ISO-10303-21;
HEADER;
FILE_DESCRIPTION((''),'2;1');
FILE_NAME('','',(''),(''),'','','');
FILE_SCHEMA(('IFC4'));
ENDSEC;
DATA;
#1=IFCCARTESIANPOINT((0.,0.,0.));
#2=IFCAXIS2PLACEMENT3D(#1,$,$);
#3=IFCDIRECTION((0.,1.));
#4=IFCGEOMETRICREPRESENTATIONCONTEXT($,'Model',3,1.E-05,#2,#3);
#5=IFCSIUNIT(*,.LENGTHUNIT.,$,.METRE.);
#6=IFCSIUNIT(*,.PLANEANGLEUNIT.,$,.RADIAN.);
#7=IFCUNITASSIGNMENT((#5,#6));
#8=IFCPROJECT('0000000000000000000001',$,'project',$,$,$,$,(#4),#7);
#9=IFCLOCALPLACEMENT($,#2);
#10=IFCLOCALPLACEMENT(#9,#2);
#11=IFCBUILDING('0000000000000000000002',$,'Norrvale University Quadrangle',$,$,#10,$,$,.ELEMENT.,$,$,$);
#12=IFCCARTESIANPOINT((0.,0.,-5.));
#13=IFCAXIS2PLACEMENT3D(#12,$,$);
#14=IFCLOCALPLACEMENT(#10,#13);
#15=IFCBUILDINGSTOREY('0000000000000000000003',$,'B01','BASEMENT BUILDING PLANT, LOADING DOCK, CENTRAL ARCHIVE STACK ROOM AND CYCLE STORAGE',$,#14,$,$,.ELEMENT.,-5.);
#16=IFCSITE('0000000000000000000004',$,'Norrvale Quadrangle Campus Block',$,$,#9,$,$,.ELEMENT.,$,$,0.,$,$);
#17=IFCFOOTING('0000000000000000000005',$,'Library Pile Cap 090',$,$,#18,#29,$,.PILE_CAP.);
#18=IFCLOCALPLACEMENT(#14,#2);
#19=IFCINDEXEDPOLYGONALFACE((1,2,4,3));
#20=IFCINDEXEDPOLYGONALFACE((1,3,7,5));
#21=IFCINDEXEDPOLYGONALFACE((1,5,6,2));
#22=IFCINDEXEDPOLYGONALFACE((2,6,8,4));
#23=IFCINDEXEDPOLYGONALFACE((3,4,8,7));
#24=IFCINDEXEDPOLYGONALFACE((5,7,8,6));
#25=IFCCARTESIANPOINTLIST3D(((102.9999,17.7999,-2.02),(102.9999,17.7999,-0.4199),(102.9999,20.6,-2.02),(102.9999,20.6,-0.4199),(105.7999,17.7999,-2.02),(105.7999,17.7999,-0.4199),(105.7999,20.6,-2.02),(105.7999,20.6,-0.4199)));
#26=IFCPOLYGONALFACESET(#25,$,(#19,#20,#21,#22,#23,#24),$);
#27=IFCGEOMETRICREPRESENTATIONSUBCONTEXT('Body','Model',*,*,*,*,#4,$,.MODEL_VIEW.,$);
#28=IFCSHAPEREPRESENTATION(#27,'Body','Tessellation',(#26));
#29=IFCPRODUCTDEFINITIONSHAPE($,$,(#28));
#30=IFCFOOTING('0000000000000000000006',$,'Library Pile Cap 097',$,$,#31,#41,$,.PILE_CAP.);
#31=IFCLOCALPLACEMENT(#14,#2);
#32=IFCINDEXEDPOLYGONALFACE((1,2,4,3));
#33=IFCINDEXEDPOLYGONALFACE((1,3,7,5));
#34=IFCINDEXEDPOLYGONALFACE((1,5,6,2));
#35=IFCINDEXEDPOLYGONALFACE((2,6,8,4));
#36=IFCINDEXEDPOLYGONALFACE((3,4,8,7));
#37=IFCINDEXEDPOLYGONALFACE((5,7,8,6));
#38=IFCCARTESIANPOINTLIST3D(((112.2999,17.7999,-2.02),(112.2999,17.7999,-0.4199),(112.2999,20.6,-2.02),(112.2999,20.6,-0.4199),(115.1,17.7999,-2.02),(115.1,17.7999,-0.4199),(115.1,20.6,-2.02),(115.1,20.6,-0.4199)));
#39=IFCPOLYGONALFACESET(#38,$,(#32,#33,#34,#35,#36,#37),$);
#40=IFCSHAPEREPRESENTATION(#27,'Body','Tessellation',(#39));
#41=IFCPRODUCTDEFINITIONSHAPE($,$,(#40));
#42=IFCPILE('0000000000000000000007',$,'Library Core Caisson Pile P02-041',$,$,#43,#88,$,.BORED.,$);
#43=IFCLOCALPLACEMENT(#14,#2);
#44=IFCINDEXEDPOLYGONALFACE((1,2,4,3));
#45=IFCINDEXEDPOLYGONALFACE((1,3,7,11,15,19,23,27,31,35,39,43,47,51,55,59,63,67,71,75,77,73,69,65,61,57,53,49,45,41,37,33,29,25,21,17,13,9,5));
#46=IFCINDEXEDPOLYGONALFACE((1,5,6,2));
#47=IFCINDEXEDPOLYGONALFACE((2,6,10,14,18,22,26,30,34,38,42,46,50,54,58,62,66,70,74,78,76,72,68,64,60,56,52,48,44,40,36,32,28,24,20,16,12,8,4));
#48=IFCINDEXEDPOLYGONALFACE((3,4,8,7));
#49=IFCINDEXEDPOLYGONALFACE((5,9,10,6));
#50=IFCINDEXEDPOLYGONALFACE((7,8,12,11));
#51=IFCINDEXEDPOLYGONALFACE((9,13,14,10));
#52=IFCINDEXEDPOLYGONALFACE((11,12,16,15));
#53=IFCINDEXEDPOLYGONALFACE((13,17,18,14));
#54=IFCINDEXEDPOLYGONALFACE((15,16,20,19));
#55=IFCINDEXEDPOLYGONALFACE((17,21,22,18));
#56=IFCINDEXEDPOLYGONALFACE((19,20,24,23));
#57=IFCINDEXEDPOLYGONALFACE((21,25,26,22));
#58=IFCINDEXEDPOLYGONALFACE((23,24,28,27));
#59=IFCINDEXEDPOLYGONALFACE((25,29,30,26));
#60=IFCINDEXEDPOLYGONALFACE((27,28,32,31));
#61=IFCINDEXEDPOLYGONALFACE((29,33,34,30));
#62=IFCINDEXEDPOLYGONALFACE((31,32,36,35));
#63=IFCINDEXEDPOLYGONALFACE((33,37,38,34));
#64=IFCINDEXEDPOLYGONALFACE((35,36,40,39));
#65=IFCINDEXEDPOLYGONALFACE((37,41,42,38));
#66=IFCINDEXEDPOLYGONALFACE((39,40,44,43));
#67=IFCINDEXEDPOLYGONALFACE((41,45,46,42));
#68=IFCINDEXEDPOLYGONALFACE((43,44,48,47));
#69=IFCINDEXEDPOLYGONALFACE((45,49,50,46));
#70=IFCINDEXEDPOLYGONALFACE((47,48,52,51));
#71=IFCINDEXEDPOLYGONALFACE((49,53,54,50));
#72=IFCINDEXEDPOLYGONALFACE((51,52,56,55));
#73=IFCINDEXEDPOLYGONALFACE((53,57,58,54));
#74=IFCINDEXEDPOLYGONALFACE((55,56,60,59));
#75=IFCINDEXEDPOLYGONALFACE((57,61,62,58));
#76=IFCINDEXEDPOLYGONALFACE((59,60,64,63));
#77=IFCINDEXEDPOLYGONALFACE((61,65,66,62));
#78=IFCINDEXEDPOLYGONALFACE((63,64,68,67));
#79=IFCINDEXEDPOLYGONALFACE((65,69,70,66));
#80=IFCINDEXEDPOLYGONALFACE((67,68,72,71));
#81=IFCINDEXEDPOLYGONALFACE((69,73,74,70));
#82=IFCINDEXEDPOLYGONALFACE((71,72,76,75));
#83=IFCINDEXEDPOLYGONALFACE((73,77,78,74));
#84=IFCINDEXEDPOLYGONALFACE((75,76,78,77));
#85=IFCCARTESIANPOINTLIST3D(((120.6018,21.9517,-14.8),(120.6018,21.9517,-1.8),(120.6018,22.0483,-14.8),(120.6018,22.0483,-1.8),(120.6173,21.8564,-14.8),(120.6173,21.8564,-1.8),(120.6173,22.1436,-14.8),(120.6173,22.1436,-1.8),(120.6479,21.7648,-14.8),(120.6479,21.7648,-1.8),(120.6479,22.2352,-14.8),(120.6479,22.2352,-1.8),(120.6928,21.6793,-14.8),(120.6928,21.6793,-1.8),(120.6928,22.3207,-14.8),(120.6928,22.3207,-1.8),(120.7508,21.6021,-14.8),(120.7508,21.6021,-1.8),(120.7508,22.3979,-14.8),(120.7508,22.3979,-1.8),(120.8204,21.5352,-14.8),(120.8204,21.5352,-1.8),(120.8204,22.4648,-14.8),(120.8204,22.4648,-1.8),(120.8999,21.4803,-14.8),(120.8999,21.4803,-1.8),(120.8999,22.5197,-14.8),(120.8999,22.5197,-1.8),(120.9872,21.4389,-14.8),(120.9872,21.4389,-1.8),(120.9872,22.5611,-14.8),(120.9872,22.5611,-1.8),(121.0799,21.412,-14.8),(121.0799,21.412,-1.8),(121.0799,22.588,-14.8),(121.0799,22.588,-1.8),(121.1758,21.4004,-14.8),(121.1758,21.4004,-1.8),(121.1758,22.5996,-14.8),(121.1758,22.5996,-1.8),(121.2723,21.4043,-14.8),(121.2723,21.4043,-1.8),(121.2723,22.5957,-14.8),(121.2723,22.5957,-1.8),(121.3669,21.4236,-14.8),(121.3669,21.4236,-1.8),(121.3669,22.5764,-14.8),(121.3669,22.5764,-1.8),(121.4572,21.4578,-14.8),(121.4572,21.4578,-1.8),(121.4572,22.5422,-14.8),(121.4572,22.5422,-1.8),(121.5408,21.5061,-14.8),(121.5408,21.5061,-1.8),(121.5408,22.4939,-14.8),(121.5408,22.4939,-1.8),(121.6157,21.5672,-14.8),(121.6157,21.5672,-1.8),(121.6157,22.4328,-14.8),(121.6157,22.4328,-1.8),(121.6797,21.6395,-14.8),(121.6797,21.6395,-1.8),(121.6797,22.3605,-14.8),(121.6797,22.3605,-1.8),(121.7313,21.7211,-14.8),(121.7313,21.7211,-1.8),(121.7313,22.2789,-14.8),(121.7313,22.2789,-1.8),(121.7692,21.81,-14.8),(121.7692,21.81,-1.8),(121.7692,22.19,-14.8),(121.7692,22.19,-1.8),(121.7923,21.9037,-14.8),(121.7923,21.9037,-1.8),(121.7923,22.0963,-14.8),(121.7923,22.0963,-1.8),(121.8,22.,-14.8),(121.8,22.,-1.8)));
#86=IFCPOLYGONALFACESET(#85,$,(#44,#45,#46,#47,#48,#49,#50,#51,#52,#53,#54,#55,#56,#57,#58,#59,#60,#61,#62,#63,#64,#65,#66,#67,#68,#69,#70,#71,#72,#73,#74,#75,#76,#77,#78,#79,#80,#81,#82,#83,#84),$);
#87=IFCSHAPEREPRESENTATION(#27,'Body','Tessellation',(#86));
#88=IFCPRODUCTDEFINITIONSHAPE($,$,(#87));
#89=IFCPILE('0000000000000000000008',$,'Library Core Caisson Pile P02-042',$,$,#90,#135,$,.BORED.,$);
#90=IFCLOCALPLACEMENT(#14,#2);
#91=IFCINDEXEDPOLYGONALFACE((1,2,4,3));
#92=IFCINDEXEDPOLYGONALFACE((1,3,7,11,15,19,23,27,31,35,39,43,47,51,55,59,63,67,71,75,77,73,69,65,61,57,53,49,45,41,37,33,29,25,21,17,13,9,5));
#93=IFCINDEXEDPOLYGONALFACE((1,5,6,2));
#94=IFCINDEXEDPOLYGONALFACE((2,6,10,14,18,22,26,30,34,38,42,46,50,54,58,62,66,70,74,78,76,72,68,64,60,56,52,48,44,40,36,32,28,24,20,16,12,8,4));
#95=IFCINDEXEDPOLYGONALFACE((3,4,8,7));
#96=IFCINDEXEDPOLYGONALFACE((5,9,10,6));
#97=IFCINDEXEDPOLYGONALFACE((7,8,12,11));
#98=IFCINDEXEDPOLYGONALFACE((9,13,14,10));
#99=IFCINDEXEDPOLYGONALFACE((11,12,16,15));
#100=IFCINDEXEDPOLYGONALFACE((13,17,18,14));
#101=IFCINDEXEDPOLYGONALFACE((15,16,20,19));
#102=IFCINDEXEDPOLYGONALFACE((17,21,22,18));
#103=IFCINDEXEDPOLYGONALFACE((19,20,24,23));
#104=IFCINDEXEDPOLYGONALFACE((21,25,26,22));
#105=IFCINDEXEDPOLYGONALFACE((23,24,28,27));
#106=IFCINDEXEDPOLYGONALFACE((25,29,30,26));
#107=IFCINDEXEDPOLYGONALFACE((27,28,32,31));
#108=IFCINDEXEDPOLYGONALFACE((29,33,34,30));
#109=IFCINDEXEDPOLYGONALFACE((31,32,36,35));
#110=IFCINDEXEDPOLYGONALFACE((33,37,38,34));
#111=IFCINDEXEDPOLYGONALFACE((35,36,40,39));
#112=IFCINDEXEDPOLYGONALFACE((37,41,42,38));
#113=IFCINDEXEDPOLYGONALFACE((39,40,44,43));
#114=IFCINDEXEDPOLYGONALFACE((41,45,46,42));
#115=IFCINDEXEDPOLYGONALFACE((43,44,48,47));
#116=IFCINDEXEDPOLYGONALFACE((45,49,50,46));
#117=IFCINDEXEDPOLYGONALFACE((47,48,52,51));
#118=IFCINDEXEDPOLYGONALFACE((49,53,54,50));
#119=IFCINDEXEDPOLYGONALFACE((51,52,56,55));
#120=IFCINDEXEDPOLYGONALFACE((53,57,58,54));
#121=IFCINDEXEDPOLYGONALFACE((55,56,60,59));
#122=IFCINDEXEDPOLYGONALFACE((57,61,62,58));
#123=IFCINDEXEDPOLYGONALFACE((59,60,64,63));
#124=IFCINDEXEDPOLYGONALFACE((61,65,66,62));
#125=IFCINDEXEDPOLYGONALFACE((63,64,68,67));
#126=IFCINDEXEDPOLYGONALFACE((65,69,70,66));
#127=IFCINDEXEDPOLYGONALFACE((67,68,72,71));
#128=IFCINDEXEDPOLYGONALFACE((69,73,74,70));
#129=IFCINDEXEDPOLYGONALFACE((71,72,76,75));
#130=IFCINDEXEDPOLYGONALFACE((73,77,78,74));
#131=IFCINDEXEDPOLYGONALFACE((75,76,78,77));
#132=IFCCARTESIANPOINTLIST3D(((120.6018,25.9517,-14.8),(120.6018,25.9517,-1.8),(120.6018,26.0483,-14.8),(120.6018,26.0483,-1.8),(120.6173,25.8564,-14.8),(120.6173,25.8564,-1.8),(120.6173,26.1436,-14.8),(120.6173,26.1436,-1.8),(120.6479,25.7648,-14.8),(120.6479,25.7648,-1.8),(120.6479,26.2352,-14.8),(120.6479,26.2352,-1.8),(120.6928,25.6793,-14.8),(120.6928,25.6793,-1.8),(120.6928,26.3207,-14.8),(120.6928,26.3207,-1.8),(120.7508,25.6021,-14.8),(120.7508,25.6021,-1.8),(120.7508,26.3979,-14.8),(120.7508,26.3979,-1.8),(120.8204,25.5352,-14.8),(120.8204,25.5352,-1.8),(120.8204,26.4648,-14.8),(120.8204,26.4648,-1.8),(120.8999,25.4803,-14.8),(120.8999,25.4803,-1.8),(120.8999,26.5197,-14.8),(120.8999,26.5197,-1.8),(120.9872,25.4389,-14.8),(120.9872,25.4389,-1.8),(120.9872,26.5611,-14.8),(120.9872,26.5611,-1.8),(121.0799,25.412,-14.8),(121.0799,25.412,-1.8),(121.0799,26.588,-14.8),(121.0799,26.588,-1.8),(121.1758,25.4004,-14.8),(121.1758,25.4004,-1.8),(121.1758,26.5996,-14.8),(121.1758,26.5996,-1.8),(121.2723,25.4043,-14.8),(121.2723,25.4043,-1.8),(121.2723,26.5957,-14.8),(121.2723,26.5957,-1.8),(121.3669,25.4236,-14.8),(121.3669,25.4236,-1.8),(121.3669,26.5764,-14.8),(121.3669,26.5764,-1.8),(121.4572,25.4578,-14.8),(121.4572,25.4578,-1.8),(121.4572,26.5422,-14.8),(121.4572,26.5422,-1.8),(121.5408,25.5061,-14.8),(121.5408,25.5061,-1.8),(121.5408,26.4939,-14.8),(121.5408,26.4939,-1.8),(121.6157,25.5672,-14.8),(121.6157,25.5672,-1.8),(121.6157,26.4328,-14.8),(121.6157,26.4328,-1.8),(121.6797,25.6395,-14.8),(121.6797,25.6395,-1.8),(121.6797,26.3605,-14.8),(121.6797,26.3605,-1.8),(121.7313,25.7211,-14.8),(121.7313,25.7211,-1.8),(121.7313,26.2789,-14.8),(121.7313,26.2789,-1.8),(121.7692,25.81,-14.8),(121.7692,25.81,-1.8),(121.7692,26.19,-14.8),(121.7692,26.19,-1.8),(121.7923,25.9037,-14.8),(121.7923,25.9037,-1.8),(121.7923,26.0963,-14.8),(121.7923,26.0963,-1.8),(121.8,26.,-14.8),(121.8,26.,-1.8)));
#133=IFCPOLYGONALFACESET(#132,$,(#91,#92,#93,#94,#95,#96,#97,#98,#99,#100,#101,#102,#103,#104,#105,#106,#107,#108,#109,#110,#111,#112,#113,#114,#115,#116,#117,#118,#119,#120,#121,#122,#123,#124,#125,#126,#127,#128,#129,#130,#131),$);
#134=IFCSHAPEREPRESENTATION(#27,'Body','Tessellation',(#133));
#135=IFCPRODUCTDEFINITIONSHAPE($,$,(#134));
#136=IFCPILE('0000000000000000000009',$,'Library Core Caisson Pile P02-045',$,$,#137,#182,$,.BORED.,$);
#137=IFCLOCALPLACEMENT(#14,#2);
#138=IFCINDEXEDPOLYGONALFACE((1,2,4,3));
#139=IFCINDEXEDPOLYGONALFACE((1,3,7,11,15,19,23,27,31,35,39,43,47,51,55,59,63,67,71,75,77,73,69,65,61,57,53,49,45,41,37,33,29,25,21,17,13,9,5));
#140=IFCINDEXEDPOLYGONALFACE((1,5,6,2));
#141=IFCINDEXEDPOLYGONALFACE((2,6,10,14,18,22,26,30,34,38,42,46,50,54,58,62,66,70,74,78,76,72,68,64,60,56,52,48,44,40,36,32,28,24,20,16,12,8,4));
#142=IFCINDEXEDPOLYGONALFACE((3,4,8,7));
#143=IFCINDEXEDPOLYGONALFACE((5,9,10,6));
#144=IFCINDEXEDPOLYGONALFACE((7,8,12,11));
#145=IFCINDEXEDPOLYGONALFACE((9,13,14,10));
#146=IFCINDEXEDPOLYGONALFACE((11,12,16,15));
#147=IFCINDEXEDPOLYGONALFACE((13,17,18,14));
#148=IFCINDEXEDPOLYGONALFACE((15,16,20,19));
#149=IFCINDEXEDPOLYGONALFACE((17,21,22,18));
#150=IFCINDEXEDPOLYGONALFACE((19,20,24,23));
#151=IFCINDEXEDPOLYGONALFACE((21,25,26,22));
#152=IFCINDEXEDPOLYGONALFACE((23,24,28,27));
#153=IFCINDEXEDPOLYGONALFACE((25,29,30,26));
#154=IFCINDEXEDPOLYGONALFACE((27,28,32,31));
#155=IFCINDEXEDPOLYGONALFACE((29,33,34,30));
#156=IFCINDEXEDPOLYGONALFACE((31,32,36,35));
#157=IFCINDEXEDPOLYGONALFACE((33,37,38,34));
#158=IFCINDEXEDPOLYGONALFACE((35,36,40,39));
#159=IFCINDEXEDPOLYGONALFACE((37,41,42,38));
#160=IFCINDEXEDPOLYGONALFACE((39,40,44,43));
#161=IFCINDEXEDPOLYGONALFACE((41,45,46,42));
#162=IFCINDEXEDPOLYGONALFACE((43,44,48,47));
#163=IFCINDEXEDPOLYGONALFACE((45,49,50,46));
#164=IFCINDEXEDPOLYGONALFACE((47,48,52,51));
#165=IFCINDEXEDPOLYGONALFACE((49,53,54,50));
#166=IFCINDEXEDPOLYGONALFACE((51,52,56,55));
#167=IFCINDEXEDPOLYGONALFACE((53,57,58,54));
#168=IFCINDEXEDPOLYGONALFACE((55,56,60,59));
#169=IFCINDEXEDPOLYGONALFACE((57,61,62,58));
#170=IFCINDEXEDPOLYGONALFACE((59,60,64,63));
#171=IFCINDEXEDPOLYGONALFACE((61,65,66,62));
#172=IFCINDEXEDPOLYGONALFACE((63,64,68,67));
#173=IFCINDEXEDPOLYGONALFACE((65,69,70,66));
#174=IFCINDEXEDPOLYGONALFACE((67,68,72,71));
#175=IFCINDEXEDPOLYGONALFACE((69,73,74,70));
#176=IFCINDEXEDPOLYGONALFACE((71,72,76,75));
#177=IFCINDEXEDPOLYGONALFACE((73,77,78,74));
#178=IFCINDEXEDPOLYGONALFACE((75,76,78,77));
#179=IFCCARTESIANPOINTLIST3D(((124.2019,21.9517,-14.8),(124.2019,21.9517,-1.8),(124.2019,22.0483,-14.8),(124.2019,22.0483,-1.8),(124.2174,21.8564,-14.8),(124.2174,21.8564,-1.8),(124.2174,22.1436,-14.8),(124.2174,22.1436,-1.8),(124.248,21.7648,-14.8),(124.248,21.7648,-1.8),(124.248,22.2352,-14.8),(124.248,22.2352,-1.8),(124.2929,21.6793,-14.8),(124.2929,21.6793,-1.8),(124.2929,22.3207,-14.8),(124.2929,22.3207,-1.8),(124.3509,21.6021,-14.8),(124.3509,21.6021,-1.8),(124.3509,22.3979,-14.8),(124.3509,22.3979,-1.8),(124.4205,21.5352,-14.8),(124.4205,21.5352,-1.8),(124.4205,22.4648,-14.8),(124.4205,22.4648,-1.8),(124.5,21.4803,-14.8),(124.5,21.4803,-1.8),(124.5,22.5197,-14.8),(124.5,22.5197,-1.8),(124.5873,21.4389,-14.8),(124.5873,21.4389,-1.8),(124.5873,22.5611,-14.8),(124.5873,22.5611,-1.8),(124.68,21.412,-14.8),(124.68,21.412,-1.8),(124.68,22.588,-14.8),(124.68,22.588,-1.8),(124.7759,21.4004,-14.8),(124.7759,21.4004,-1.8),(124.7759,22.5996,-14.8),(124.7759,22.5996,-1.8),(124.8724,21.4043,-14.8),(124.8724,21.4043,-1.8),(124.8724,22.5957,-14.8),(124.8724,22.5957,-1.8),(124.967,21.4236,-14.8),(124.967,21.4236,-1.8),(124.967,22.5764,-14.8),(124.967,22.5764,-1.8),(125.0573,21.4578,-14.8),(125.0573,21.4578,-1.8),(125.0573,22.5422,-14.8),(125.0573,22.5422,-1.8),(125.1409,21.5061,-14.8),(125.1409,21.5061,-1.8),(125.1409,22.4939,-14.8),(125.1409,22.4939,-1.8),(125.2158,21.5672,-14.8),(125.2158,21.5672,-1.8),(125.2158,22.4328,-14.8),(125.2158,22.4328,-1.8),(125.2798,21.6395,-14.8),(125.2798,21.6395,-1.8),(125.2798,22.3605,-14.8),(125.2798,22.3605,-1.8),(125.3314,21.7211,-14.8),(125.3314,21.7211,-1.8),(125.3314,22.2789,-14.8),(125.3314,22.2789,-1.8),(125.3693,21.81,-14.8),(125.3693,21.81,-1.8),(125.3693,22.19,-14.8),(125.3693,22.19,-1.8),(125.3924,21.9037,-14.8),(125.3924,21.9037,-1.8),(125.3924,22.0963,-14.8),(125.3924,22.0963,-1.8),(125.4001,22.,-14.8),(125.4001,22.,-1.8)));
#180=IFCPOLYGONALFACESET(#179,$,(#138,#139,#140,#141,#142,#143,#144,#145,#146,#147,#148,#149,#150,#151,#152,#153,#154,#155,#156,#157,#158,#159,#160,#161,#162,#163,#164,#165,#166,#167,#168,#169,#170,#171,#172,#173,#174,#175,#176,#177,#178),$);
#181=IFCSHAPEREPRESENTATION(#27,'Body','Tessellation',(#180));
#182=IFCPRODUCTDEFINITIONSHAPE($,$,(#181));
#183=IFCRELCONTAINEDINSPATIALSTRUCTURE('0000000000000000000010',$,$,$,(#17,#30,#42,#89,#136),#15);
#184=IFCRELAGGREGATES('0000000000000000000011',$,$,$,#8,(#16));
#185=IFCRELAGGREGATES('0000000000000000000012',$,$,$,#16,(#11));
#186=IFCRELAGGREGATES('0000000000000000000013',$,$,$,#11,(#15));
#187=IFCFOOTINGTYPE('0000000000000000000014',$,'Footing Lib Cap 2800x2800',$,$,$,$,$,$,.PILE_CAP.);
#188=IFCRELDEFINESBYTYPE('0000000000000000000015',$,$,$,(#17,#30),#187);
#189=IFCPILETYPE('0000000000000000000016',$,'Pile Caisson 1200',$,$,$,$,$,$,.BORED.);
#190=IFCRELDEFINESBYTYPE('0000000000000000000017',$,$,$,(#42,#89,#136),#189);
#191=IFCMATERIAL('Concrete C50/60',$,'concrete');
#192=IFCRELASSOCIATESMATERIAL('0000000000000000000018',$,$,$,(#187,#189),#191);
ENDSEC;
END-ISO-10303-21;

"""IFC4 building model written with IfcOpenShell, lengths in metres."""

from ifc_helpers import new_model, si_unit, direction, frame, origin, origin_2d, place, context, subcontext, project, spatial, rectangle, circle, extrude, material, material_profile, profile_set, type_object, element, save


model = new_model("IFC4")

# Units and contexts
model_context = context("Model", 3, precision=1e-05, world=origin(), true_north=direction((0.0, 1.0)))
body_context = subcontext(model_context, "Body", "Model", "MODEL_VIEW")
ifc_project = project(units=[si_unit("LENGTHUNIT", "METRE"), si_unit("PLANEANGLEUNIT", "RADIAN")], contexts=[model_context])

# Site, building, storey
site_placement = place(None, origin())
site = spatial("IfcSite", under=ifc_project, at=site_placement, Name="Norrvale Quadrangle Campus Block", CompositionType="ELEMENT", RefElevation=0.0)
building_placement = place(site_placement, origin())
building = spatial("IfcBuilding", under=site, at=building_placement, Name="Norrvale University Quadrangle", CompositionType="ELEMENT")
storey_placement = place(building_placement, frame((0.0, 0.0, -5.0)))
storey = spatial("IfcBuildingStorey", under=building, at=storey_placement, Name="B01", Description="BASEMENT BUILDING PLANT, LOADING DOCK, CENTRAL ARCHIVE STACK ROOM AND CYCLE STORAGE", CompositionType="ELEMENT", Elevation=-5.0)

# Footings
ifc_material_1 = material(Name="Concrete C50/60", Category="concrete")
footing_type = type_object("IfcFootingType", Name="Footing Lib Cap 2800x2800", PredefinedType="PILE_CAP", material=ifc_material_1)
for number, where, z_axis, x_axis, name in (
    (1, (104.3999, 19.2, -2.02), (0.0, 0.0, 1.0), (1.0, 0.0, 0.0), "Library Pile Cap 090"),
    (2, (113.7, 19.2, -2.02), (0.0, 0.0, 1.0), (1.0, 0.0, 0.0), "Library Pile Cap 097"),
):
    element("IfcFooting", number, at=place(storey_placement, frame(where, z_axis=z_axis, x_axis=x_axis)), inside=storey, type_object=footing_type, Name=name, PredefinedType="PILE_CAP", context=body_context, shape_type="SweptSolid", body=[
        extrude(rectangle(XDim=2.8, YDim=2.8, at=origin_2d()), origin(), (0.0, 0.0, 1.0), 1.6001),
    ])

# Piles
ifc_material_profile_1 = material_profile(ifc_material_1, circle(Radius=0.6001, at=origin_2d()), Name="Concrete C50/60")
ifc_profile_set_1 = profile_set([ifc_material_profile_1], Name="Concrete C50/60")
pile_type_1 = type_object("IfcPileType", Name="Pile Caisson 1200", PredefinedType="BORED", material=ifc_profile_set_1)
for number, where, z_axis, x_axis, name in (
    (3, (121.2, 22.0, -1.8), (0.0, 0.0, -1.0), (1.0, 0.0, 0.0), "Library Core Caisson Pile P02-041"),
    (4, (121.2, 26.0, -1.8), (0.0, 0.0, -1.0), (1.0, 0.0, 0.0), "Library Core Caisson Pile P02-042"),
    (5, (124.8, 22.0, -1.8), (0.0, 0.0, -1.0), (1.0, 0.0, 0.0), "Library Core Caisson Pile P02-045"),
):
    element("IfcPile", number, at=place(storey_placement, frame(where, z_axis=z_axis, x_axis=x_axis)), inside=storey, type_object=pile_type_1, Name=name, PredefinedType="BORED", context=body_context, shape_type="SweptSolid", body=[
        extrude(circle(Radius=0.6001, at=origin_2d()), origin(), (0.0, 0.0, 1.0), 13.0),
    ])

save(model, "model.ifc")
